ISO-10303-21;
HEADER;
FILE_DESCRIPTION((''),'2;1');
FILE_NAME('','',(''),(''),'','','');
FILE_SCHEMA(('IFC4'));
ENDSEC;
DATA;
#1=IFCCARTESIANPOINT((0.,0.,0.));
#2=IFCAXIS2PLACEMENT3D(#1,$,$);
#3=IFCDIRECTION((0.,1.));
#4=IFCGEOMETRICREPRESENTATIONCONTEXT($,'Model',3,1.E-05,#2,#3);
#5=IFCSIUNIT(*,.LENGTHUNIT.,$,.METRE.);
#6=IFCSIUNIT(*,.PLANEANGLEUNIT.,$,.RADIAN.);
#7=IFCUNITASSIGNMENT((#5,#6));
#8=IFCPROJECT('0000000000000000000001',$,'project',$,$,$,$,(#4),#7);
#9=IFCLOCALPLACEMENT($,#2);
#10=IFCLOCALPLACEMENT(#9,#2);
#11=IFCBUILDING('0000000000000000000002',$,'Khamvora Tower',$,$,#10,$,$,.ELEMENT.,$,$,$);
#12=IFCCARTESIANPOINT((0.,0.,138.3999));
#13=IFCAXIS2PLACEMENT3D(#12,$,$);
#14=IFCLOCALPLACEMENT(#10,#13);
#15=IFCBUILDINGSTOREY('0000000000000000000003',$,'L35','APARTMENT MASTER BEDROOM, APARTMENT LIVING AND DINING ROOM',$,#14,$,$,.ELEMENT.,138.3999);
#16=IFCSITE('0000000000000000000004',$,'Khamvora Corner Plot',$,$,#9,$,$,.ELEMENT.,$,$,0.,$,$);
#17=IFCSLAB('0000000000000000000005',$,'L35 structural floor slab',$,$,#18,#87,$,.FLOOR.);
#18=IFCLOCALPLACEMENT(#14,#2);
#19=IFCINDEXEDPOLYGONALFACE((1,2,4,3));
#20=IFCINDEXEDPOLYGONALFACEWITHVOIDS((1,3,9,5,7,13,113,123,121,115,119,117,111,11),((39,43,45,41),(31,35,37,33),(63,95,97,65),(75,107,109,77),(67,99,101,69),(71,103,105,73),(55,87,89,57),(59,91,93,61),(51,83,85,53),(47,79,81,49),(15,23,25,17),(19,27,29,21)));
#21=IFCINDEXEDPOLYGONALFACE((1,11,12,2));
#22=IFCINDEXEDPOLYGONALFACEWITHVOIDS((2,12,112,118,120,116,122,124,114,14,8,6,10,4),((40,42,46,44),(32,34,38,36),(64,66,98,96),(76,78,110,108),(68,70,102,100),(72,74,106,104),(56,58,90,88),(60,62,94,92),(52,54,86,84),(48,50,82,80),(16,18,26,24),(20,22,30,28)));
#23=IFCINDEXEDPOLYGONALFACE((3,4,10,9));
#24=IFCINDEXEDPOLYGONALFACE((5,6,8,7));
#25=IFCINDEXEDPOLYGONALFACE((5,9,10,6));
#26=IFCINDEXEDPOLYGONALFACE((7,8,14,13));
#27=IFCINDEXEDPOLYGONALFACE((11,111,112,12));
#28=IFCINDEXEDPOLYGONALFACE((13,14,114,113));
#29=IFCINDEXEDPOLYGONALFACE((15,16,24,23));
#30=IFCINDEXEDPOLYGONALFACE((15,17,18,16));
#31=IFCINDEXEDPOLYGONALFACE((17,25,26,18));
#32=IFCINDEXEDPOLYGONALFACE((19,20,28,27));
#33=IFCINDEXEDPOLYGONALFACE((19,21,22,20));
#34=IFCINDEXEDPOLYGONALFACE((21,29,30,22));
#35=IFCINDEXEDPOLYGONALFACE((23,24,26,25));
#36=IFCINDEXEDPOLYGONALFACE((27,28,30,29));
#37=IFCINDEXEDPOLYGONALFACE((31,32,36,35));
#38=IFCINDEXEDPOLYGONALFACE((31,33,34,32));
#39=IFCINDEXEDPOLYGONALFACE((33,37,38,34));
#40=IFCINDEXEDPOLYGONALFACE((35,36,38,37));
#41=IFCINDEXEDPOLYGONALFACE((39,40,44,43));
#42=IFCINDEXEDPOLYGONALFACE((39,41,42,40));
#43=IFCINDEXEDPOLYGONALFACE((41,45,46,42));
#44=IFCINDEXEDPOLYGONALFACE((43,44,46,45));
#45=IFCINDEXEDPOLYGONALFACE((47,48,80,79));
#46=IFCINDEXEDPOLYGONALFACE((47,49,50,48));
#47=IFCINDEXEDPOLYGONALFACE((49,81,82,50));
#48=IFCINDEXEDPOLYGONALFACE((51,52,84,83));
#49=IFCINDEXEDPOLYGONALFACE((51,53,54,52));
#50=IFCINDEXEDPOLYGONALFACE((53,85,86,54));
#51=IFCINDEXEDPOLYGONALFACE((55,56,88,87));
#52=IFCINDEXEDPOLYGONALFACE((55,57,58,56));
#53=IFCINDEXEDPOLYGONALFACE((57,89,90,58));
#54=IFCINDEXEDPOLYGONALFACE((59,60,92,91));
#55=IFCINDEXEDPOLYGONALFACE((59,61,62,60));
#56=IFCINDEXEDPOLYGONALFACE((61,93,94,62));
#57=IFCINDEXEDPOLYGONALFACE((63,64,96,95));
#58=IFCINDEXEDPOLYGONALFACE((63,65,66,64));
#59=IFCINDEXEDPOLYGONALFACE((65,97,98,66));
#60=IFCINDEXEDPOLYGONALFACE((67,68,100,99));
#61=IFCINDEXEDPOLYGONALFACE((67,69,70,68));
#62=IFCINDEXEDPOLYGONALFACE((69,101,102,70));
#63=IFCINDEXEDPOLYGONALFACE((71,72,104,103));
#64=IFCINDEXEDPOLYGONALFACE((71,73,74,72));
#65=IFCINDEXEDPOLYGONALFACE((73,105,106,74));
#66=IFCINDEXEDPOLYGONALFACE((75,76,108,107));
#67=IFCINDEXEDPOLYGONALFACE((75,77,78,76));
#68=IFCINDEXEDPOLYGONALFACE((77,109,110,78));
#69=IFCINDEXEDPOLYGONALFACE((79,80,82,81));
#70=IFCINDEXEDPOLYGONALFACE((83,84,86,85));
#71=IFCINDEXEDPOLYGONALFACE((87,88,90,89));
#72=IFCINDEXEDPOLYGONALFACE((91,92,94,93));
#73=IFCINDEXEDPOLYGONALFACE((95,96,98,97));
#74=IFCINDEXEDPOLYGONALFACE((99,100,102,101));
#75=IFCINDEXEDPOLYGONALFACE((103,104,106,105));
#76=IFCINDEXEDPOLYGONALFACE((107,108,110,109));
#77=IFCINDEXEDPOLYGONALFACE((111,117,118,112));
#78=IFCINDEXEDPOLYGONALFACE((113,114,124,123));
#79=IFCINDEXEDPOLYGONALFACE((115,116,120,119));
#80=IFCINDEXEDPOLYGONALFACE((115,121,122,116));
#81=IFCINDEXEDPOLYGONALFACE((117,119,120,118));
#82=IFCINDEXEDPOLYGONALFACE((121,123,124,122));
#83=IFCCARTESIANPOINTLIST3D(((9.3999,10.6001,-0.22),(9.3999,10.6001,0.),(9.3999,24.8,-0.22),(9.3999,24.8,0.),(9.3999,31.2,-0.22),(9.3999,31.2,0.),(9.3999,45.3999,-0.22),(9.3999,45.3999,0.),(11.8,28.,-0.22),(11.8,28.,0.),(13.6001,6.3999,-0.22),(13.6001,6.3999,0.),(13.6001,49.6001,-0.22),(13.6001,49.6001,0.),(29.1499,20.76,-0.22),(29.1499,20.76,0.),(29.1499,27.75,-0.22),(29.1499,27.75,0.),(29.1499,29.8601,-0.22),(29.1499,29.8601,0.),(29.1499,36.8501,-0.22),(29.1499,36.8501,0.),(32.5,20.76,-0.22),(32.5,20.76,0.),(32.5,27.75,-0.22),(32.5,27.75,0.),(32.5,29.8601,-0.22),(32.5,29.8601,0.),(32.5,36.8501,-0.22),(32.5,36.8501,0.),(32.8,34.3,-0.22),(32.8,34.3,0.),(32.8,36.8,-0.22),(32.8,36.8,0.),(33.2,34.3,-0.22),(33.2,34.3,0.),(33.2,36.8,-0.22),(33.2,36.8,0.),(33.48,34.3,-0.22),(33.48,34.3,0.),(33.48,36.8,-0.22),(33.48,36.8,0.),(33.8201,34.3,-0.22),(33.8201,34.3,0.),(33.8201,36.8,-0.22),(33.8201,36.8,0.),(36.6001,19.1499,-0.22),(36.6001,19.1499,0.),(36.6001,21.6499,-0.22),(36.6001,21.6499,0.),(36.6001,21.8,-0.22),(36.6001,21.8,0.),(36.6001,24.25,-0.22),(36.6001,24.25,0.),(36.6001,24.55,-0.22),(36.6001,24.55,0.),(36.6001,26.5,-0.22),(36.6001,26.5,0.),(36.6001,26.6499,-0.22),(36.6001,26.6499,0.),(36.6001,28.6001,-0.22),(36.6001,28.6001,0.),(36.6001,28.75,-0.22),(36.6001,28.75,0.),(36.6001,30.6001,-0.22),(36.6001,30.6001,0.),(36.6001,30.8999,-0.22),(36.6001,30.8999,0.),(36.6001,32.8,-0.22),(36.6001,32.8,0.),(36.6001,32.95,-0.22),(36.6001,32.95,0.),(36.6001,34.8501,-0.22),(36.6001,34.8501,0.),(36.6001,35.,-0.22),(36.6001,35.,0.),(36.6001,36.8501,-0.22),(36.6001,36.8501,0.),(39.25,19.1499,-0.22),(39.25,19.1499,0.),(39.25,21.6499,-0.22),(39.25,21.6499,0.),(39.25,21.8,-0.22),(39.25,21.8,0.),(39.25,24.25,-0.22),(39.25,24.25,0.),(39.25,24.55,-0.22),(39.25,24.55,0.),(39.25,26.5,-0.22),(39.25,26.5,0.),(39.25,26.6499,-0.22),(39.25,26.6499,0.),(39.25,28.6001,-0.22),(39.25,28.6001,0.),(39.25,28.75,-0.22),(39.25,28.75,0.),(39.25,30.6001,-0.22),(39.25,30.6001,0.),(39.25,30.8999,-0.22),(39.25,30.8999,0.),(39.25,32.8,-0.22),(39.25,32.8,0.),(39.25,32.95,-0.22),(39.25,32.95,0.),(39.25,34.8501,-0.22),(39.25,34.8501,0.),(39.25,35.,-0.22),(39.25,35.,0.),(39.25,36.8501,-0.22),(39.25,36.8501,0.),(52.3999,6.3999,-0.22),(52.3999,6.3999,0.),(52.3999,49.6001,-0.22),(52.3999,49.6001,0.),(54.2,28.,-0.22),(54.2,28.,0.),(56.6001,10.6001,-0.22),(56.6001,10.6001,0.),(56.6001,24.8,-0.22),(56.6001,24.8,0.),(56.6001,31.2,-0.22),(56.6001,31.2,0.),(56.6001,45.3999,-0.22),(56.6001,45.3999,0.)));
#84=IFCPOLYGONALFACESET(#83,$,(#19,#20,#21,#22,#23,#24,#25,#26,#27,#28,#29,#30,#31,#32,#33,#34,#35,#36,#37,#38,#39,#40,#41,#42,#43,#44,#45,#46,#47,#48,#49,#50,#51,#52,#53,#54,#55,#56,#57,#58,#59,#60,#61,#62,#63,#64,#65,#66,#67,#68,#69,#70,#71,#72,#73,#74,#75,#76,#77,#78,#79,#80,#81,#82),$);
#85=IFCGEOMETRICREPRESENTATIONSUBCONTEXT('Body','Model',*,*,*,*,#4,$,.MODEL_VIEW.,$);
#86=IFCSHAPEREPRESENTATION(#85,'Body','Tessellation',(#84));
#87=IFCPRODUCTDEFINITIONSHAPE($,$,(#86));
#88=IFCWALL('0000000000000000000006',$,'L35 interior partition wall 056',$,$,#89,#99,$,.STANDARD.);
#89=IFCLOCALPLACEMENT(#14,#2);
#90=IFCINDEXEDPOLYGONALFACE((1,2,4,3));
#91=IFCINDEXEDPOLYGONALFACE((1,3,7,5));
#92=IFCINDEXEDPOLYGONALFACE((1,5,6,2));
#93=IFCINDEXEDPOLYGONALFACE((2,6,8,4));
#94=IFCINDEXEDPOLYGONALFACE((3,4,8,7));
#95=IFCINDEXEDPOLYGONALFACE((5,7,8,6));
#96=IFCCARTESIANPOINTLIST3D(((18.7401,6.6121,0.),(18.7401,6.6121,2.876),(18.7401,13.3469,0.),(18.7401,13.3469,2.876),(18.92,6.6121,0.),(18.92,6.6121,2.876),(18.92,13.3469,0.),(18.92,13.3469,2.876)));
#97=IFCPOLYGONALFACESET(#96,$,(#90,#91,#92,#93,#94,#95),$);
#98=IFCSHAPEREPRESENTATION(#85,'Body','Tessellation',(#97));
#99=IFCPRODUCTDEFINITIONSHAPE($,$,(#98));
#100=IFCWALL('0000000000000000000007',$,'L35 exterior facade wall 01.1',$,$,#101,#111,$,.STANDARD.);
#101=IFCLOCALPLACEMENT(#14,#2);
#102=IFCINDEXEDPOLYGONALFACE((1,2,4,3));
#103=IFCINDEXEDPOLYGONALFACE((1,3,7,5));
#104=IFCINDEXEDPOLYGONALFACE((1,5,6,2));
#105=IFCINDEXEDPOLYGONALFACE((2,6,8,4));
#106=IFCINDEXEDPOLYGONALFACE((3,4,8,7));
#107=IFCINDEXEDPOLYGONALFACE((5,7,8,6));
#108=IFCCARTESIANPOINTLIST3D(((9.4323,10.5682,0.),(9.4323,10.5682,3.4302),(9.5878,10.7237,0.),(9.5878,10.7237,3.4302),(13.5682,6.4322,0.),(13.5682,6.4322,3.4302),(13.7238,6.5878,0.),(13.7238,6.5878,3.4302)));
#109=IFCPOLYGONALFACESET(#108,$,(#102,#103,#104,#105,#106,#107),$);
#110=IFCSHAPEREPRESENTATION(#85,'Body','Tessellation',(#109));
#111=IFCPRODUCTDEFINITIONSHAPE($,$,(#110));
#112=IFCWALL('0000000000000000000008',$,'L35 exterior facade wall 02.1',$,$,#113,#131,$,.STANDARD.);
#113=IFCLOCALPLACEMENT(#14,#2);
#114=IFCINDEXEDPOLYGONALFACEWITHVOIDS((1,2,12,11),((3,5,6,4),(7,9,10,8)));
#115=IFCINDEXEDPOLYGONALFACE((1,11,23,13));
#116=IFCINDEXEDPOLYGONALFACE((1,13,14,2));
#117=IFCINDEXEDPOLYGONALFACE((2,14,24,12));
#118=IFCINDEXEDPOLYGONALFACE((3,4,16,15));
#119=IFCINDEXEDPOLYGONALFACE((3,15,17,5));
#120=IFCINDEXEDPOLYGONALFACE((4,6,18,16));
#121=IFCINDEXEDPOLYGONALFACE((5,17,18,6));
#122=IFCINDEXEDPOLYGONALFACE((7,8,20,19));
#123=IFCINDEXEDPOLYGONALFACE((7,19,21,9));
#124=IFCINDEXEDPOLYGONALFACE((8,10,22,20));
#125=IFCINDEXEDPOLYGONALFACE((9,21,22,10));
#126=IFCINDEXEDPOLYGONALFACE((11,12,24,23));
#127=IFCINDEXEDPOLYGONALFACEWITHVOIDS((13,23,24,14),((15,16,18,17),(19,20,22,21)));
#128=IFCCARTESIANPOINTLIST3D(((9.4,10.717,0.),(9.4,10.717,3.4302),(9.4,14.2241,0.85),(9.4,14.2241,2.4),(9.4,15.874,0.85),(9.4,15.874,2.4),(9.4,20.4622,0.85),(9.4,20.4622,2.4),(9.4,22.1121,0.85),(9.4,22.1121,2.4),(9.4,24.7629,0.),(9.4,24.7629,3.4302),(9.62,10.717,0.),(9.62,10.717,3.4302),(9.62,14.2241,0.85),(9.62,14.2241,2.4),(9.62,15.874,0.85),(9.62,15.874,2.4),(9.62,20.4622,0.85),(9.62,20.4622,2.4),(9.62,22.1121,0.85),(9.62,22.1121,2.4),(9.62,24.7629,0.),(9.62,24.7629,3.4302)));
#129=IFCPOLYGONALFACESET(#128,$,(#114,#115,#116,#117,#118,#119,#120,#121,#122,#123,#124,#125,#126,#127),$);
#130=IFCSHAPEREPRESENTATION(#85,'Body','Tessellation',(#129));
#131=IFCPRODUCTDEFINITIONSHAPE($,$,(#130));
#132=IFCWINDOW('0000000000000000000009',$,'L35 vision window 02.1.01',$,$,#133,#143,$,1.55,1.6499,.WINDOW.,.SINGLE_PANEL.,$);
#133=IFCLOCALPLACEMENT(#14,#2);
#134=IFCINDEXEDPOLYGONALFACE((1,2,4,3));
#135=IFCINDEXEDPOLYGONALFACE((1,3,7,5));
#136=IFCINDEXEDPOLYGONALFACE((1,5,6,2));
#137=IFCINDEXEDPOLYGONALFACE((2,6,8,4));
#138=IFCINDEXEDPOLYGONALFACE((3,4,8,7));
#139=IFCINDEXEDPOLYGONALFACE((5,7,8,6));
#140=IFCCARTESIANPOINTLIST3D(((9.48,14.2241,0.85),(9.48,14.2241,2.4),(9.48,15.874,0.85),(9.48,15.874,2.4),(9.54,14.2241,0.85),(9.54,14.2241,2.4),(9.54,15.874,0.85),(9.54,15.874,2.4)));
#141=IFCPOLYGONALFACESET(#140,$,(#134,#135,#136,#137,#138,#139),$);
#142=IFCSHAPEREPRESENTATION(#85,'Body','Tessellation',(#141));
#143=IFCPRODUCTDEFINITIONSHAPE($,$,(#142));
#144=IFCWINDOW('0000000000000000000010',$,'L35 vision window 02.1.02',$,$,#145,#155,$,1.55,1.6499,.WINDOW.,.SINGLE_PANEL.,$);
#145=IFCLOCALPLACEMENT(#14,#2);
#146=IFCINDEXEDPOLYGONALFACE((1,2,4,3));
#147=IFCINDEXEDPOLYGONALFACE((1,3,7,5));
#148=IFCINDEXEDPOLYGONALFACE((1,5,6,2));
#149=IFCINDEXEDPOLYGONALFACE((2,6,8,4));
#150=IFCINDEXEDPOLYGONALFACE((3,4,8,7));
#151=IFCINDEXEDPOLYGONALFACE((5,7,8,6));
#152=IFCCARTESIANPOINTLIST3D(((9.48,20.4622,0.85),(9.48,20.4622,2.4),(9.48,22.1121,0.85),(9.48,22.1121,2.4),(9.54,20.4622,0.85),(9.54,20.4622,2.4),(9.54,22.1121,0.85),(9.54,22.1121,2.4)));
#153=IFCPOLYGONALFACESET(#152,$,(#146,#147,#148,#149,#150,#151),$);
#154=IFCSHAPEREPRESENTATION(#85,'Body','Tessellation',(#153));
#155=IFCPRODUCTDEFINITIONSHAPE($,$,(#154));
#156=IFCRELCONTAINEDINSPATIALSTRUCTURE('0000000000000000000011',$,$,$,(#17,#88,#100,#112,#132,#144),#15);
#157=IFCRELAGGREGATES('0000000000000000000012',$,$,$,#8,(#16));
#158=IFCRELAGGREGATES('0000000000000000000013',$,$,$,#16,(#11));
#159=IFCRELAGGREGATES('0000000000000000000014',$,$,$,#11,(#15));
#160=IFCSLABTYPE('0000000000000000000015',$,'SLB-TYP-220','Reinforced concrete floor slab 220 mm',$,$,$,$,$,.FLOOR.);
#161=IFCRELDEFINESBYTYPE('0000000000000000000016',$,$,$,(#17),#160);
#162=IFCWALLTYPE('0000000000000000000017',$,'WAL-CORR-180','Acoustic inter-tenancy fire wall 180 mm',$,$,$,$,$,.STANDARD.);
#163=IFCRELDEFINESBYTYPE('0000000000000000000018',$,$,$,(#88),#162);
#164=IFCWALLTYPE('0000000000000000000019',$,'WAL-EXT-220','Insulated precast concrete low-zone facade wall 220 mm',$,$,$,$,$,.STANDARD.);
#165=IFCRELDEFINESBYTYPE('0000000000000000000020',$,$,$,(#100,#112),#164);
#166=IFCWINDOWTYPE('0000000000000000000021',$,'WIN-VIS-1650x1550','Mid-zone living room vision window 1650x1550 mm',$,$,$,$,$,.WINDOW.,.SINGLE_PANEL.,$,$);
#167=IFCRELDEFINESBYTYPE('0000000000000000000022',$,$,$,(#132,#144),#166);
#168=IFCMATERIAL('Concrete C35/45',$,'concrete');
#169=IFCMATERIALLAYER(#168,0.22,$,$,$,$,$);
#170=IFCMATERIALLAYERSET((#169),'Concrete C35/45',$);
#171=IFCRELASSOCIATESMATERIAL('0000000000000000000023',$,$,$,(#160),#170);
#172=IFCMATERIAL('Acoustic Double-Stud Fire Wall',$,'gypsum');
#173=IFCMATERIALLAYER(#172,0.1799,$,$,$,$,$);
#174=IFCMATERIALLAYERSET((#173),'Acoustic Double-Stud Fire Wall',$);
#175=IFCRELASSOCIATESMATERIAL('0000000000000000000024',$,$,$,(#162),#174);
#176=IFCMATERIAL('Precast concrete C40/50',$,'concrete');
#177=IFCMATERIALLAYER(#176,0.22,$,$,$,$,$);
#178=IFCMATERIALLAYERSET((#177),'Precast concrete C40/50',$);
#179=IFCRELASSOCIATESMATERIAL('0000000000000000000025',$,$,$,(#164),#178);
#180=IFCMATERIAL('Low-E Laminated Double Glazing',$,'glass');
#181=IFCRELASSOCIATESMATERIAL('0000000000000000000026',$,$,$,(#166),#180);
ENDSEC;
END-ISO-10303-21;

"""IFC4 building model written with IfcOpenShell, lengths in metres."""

from ifc_helpers import new_model, si_unit, direction, frame, frame_2d, origin, place, context, subcontext, project, spatial, polyline, rectangle, outline, extrude, material, layer, layer_set, type_object, element, fill, save


model = new_model("IFC4")

# Units and contexts
model_context = context("Model", 3, precision=1e-05, world=origin(), true_north=direction((0.0, 1.0)))
body_context = subcontext(model_context, "Body", "Model", "MODEL_VIEW")
ifc_project = project(units=[si_unit("LENGTHUNIT", "METRE"), si_unit("PLANEANGLEUNIT", "RADIAN")], contexts=[model_context])

# Site, building, storey
site_placement = place(None, origin())
site = spatial("IfcSite", under=ifc_project, at=site_placement, Name="Khamvora Corner Plot", CompositionType="ELEMENT", RefElevation=0.0)
building_placement = place(site_placement, origin())
building = spatial("IfcBuilding", under=site, at=building_placement, Name="Khamvora Tower", CompositionType="ELEMENT")
storey_placement = place(building_placement, frame((0.0, 0.0, 138.3999)))
storey = spatial("IfcBuildingStorey", under=building, at=storey_placement, Name="L35", Description="APARTMENT MASTER BEDROOM, APARTMENT LIVING AND DINING ROOM", CompositionType="ELEMENT", Elevation=138.3999)

# Slab
ifc_material_1 = material(Name="Concrete C35/45", Category="concrete")
ifc_layer_1 = layer(ifc_material_1, 0.22)
ifc_layer_set_1 = layer_set([ifc_layer_1], Name="Concrete C35/45")
slab_type_1 = type_object("IfcSlabType", Name="SLB-TYP-220", Description="Reinforced concrete floor slab 220 mm", PredefinedType="FLOOR", material=ifc_layer_set_1)
slab_1_placement = place(storey_placement, frame((0.0, 0.0, -0.22)))
element("IfcSlab", 1, at=slab_1_placement, inside=storey, type_object=slab_type_1, Name="L35 structural floor slab", PredefinedType="FLOOR", context=body_context, shape_type="SweptSolid", body=[
    extrude(outline(polyline([(13.6001, 6.3999), (52.3999, 6.3999), (56.6001, 10.6001), (56.6001, 24.8), (54.2, 28.0), (56.6001, 31.2), (56.6001, 45.3999), (52.3999, 49.6001), (13.6001, 49.6001), (9.3999, 45.3999), (9.3999, 31.2), (11.8, 28.0), (9.3999, 24.8), (9.3999, 10.6001), (13.6001, 6.3999)]), holes=[polyline([(32.5, 20.76), (32.5, 27.75), (29.1499, 27.75), (29.1499, 20.76), (32.5, 20.76)]), polyline([(32.5, 29.8601), (32.5, 36.8501), (29.1499, 36.8501), (29.1499, 29.8601), (32.5, 29.8601)]), polyline([(36.6001, 19.1499), (39.25, 19.1499), (39.25, 21.6499), (36.6001, 21.6499), (36.6001, 19.1499)]), polyline([(36.6001, 21.8), (39.25, 21.8), (39.25, 24.25), (36.6001, 24.25), (36.6001, 21.8)]), polyline([(36.6001, 24.55), (39.25, 24.55), (39.25, 26.5), (36.6001, 26.5), (36.6001, 24.55)]), polyline([(36.6001, 26.6499), (39.25, 26.6499), (39.25, 28.6001), (36.6001, 28.6001), (36.6001, 26.6499)]), polyline([(36.6001, 28.75), (39.25, 28.75), (39.25, 30.6001), (36.6001, 30.6001), (36.6001, 28.75)]), polyline([(36.6001, 30.8999), (39.25, 30.8999), (39.25, 32.8), (36.6001, 32.8), (36.6001, 30.8999)]), polyline([(36.6001, 32.95), (39.25, 32.95), (39.25, 34.8501), (36.6001, 34.8501), (36.6001, 32.95)]), polyline([(36.6001, 35.0), (39.25, 35.0), (39.25, 36.8501), (36.6001, 36.8501), (36.6001, 35.0)]), polyline([(32.8, 34.3), (33.2, 34.3), (33.2, 36.8), (32.8, 36.8), (32.8, 34.3)]), polyline([(33.48, 34.3), (33.8201, 34.3), (33.8201, 36.8), (33.48, 36.8), (33.48, 34.3)])]), origin(), (0.0, 0.0, 1.0), 0.22),
])

# Walls
ifc_material_2 = material(Name="Acoustic Double-Stud Fire Wall", Category="gypsum")
ifc_layer_2 = layer(ifc_material_2, 0.1799)
ifc_layer_set_2 = layer_set([ifc_layer_2], Name="Acoustic Double-Stud Fire Wall")
wall_type_1 = type_object("IfcWallType", Name="WAL-CORR-180", Description="Acoustic inter-tenancy fire wall 180 mm", PredefinedType="STANDARD", material=ifc_layer_set_2)
wall_1_placement = place(storey_placement, frame((18.8301, 13.3469, 0.0), z_axis=(0.0, 0.0, 1.0), x_axis=(0.0, -1.0, 0.0)))
element("IfcWall", 2, at=wall_1_placement, inside=storey, type_object=wall_type_1, Name="L35 interior partition wall 056", PredefinedType="STANDARD", context=body_context, shape_type="SweptSolid", body=[
    extrude(rectangle(XDim=6.7349, YDim=0.1799, at=frame_2d((3.3674, 0.0))), origin(), (0.0, 0.0, 1.0), 2.876),
])
ifc_material_3 = material(Name="Precast concrete C40/50", Category="concrete")
ifc_layer_3 = layer(ifc_material_3, 0.22)
ifc_layer_set_3 = layer_set([ifc_layer_3], Name="Precast concrete C40/50")
wall_type_2 = type_object("IfcWallType", Name="WAL-EXT-220", Description="Insulated precast concrete low-zone facade wall 220 mm", PredefinedType="STANDARD", material=ifc_layer_set_3)
wall_2_placement = place(storey_placement, frame((13.646, 6.51, 0.0), z_axis=(0.0, 0.0, 1.0), x_axis=(-0.707107, 0.707107, 0.0)))
element("IfcWall", 3, at=wall_2_placement, inside=storey, type_object=wall_type_2, Name="L35 exterior facade wall 01.1", PredefinedType="STANDARD", context=body_context, shape_type="SweptSolid", body=[
    extrude(rectangle(XDim=5.8491, YDim=0.22, at=frame_2d((2.9246, 0.0))), origin(), (0.0, 0.0, 1.0), 3.4302),
])

# Wall, openings, windows
wall_3_placement = place(storey_placement, frame((9.51, 10.717, 0.0), z_axis=(0.0, 0.0, 1.0), x_axis=(0.0, 1.0, 0.0)))
wall_3 = element("IfcWall", 4, at=wall_3_placement, inside=storey, type_object=wall_type_2, Name="L35 exterior facade wall 02.1", PredefinedType="STANDARD", context=body_context, shape_type="SweptSolid", body=[
    extrude(rectangle(XDim=14.0459, YDim=0.22, at=frame_2d((7.0229, 0.0))), origin(), (0.0, 0.0, 1.0), 3.4302),
])
opening_1_placement = place(wall_3_placement, frame((3.5071, 0.0, 0.8501)))
opening_1 = element("IfcOpeningElement", 5, at=opening_1_placement, cuts=wall_3, PredefinedType="OPENING", context=body_context, shape_type="SweptSolid", body=[
    extrude(rectangle(XDim=1.6499, YDim=1.55, at=frame_2d((0.825, 0.7749))), frame((0.0, 0.1199, 0.0), z_axis=(0.0, -1.0, 0.0), x_axis=(1.0, 0.0, 0.0)), (0.0, 0.0, 1.0), 0.24),
])
opening_2_placement = place(wall_3_placement, frame((9.7451, 0.0, 0.8501)))
opening_2 = element("IfcOpeningElement", 6, at=opening_2_placement, cuts=wall_3, PredefinedType="OPENING", context=body_context, shape_type="SweptSolid", body=[
    extrude(rectangle(XDim=1.6499, YDim=1.55, at=frame_2d((0.825, 0.7749))), frame((0.0, 0.1199, 0.0), z_axis=(0.0, -1.0, 0.0), x_axis=(1.0, 0.0, 0.0)), (0.0, 0.0, 1.0), 0.24),
])
ifc_material_4 = material(Name="Low-E Laminated Double Glazing", Category="glass")
window_type = type_object("IfcWindowType", Name="WIN-VIS-1650x1550", Description="Mid-zone living room vision window 1650x1550 mm", PartitioningType="SINGLE_PANEL", PredefinedType="WINDOW", material=ifc_material_4)
window_1_placement = place(opening_1_placement, origin())
window_1 = element("IfcWindow", 7, at=window_1_placement, inside=storey, type_object=window_type, Name="L35 vision window 02.1.01", OverallHeight=1.55, OverallWidth=1.6499, PartitioningType="SINGLE_PANEL", PredefinedType="WINDOW", context=body_context, shape_type="SweptSolid", body=[
    extrude(rectangle(XDim=1.6499, YDim=1.55, at=frame_2d((0.825, 0.7749))), frame((0.0, 0.03, 0.0), z_axis=(0.0, -1.0, 0.0), x_axis=(1.0, 0.0, 0.0)), (0.0, 0.0, 1.0), 0.0601),
])
fill(opening_1, window_1)
window_2_placement = place(opening_2_placement, origin())
window_2 = element("IfcWindow", 8, at=window_2_placement, inside=storey, type_object=window_type, Name="L35 vision window 02.1.02", OverallHeight=1.55, OverallWidth=1.6499, PartitioningType="SINGLE_PANEL", PredefinedType="WINDOW", context=body_context, shape_type="SweptSolid", body=[
    extrude(rectangle(XDim=1.6499, YDim=1.55, at=frame_2d((0.825, 0.7749))), frame((0.0, 0.03, 0.0), z_axis=(0.0, -1.0, 0.0), x_axis=(1.0, 0.0, 0.0)), (0.0, 0.0, 1.0), 0.0601),
])
fill(opening_2, window_2)

save(model, "model.ifc")
